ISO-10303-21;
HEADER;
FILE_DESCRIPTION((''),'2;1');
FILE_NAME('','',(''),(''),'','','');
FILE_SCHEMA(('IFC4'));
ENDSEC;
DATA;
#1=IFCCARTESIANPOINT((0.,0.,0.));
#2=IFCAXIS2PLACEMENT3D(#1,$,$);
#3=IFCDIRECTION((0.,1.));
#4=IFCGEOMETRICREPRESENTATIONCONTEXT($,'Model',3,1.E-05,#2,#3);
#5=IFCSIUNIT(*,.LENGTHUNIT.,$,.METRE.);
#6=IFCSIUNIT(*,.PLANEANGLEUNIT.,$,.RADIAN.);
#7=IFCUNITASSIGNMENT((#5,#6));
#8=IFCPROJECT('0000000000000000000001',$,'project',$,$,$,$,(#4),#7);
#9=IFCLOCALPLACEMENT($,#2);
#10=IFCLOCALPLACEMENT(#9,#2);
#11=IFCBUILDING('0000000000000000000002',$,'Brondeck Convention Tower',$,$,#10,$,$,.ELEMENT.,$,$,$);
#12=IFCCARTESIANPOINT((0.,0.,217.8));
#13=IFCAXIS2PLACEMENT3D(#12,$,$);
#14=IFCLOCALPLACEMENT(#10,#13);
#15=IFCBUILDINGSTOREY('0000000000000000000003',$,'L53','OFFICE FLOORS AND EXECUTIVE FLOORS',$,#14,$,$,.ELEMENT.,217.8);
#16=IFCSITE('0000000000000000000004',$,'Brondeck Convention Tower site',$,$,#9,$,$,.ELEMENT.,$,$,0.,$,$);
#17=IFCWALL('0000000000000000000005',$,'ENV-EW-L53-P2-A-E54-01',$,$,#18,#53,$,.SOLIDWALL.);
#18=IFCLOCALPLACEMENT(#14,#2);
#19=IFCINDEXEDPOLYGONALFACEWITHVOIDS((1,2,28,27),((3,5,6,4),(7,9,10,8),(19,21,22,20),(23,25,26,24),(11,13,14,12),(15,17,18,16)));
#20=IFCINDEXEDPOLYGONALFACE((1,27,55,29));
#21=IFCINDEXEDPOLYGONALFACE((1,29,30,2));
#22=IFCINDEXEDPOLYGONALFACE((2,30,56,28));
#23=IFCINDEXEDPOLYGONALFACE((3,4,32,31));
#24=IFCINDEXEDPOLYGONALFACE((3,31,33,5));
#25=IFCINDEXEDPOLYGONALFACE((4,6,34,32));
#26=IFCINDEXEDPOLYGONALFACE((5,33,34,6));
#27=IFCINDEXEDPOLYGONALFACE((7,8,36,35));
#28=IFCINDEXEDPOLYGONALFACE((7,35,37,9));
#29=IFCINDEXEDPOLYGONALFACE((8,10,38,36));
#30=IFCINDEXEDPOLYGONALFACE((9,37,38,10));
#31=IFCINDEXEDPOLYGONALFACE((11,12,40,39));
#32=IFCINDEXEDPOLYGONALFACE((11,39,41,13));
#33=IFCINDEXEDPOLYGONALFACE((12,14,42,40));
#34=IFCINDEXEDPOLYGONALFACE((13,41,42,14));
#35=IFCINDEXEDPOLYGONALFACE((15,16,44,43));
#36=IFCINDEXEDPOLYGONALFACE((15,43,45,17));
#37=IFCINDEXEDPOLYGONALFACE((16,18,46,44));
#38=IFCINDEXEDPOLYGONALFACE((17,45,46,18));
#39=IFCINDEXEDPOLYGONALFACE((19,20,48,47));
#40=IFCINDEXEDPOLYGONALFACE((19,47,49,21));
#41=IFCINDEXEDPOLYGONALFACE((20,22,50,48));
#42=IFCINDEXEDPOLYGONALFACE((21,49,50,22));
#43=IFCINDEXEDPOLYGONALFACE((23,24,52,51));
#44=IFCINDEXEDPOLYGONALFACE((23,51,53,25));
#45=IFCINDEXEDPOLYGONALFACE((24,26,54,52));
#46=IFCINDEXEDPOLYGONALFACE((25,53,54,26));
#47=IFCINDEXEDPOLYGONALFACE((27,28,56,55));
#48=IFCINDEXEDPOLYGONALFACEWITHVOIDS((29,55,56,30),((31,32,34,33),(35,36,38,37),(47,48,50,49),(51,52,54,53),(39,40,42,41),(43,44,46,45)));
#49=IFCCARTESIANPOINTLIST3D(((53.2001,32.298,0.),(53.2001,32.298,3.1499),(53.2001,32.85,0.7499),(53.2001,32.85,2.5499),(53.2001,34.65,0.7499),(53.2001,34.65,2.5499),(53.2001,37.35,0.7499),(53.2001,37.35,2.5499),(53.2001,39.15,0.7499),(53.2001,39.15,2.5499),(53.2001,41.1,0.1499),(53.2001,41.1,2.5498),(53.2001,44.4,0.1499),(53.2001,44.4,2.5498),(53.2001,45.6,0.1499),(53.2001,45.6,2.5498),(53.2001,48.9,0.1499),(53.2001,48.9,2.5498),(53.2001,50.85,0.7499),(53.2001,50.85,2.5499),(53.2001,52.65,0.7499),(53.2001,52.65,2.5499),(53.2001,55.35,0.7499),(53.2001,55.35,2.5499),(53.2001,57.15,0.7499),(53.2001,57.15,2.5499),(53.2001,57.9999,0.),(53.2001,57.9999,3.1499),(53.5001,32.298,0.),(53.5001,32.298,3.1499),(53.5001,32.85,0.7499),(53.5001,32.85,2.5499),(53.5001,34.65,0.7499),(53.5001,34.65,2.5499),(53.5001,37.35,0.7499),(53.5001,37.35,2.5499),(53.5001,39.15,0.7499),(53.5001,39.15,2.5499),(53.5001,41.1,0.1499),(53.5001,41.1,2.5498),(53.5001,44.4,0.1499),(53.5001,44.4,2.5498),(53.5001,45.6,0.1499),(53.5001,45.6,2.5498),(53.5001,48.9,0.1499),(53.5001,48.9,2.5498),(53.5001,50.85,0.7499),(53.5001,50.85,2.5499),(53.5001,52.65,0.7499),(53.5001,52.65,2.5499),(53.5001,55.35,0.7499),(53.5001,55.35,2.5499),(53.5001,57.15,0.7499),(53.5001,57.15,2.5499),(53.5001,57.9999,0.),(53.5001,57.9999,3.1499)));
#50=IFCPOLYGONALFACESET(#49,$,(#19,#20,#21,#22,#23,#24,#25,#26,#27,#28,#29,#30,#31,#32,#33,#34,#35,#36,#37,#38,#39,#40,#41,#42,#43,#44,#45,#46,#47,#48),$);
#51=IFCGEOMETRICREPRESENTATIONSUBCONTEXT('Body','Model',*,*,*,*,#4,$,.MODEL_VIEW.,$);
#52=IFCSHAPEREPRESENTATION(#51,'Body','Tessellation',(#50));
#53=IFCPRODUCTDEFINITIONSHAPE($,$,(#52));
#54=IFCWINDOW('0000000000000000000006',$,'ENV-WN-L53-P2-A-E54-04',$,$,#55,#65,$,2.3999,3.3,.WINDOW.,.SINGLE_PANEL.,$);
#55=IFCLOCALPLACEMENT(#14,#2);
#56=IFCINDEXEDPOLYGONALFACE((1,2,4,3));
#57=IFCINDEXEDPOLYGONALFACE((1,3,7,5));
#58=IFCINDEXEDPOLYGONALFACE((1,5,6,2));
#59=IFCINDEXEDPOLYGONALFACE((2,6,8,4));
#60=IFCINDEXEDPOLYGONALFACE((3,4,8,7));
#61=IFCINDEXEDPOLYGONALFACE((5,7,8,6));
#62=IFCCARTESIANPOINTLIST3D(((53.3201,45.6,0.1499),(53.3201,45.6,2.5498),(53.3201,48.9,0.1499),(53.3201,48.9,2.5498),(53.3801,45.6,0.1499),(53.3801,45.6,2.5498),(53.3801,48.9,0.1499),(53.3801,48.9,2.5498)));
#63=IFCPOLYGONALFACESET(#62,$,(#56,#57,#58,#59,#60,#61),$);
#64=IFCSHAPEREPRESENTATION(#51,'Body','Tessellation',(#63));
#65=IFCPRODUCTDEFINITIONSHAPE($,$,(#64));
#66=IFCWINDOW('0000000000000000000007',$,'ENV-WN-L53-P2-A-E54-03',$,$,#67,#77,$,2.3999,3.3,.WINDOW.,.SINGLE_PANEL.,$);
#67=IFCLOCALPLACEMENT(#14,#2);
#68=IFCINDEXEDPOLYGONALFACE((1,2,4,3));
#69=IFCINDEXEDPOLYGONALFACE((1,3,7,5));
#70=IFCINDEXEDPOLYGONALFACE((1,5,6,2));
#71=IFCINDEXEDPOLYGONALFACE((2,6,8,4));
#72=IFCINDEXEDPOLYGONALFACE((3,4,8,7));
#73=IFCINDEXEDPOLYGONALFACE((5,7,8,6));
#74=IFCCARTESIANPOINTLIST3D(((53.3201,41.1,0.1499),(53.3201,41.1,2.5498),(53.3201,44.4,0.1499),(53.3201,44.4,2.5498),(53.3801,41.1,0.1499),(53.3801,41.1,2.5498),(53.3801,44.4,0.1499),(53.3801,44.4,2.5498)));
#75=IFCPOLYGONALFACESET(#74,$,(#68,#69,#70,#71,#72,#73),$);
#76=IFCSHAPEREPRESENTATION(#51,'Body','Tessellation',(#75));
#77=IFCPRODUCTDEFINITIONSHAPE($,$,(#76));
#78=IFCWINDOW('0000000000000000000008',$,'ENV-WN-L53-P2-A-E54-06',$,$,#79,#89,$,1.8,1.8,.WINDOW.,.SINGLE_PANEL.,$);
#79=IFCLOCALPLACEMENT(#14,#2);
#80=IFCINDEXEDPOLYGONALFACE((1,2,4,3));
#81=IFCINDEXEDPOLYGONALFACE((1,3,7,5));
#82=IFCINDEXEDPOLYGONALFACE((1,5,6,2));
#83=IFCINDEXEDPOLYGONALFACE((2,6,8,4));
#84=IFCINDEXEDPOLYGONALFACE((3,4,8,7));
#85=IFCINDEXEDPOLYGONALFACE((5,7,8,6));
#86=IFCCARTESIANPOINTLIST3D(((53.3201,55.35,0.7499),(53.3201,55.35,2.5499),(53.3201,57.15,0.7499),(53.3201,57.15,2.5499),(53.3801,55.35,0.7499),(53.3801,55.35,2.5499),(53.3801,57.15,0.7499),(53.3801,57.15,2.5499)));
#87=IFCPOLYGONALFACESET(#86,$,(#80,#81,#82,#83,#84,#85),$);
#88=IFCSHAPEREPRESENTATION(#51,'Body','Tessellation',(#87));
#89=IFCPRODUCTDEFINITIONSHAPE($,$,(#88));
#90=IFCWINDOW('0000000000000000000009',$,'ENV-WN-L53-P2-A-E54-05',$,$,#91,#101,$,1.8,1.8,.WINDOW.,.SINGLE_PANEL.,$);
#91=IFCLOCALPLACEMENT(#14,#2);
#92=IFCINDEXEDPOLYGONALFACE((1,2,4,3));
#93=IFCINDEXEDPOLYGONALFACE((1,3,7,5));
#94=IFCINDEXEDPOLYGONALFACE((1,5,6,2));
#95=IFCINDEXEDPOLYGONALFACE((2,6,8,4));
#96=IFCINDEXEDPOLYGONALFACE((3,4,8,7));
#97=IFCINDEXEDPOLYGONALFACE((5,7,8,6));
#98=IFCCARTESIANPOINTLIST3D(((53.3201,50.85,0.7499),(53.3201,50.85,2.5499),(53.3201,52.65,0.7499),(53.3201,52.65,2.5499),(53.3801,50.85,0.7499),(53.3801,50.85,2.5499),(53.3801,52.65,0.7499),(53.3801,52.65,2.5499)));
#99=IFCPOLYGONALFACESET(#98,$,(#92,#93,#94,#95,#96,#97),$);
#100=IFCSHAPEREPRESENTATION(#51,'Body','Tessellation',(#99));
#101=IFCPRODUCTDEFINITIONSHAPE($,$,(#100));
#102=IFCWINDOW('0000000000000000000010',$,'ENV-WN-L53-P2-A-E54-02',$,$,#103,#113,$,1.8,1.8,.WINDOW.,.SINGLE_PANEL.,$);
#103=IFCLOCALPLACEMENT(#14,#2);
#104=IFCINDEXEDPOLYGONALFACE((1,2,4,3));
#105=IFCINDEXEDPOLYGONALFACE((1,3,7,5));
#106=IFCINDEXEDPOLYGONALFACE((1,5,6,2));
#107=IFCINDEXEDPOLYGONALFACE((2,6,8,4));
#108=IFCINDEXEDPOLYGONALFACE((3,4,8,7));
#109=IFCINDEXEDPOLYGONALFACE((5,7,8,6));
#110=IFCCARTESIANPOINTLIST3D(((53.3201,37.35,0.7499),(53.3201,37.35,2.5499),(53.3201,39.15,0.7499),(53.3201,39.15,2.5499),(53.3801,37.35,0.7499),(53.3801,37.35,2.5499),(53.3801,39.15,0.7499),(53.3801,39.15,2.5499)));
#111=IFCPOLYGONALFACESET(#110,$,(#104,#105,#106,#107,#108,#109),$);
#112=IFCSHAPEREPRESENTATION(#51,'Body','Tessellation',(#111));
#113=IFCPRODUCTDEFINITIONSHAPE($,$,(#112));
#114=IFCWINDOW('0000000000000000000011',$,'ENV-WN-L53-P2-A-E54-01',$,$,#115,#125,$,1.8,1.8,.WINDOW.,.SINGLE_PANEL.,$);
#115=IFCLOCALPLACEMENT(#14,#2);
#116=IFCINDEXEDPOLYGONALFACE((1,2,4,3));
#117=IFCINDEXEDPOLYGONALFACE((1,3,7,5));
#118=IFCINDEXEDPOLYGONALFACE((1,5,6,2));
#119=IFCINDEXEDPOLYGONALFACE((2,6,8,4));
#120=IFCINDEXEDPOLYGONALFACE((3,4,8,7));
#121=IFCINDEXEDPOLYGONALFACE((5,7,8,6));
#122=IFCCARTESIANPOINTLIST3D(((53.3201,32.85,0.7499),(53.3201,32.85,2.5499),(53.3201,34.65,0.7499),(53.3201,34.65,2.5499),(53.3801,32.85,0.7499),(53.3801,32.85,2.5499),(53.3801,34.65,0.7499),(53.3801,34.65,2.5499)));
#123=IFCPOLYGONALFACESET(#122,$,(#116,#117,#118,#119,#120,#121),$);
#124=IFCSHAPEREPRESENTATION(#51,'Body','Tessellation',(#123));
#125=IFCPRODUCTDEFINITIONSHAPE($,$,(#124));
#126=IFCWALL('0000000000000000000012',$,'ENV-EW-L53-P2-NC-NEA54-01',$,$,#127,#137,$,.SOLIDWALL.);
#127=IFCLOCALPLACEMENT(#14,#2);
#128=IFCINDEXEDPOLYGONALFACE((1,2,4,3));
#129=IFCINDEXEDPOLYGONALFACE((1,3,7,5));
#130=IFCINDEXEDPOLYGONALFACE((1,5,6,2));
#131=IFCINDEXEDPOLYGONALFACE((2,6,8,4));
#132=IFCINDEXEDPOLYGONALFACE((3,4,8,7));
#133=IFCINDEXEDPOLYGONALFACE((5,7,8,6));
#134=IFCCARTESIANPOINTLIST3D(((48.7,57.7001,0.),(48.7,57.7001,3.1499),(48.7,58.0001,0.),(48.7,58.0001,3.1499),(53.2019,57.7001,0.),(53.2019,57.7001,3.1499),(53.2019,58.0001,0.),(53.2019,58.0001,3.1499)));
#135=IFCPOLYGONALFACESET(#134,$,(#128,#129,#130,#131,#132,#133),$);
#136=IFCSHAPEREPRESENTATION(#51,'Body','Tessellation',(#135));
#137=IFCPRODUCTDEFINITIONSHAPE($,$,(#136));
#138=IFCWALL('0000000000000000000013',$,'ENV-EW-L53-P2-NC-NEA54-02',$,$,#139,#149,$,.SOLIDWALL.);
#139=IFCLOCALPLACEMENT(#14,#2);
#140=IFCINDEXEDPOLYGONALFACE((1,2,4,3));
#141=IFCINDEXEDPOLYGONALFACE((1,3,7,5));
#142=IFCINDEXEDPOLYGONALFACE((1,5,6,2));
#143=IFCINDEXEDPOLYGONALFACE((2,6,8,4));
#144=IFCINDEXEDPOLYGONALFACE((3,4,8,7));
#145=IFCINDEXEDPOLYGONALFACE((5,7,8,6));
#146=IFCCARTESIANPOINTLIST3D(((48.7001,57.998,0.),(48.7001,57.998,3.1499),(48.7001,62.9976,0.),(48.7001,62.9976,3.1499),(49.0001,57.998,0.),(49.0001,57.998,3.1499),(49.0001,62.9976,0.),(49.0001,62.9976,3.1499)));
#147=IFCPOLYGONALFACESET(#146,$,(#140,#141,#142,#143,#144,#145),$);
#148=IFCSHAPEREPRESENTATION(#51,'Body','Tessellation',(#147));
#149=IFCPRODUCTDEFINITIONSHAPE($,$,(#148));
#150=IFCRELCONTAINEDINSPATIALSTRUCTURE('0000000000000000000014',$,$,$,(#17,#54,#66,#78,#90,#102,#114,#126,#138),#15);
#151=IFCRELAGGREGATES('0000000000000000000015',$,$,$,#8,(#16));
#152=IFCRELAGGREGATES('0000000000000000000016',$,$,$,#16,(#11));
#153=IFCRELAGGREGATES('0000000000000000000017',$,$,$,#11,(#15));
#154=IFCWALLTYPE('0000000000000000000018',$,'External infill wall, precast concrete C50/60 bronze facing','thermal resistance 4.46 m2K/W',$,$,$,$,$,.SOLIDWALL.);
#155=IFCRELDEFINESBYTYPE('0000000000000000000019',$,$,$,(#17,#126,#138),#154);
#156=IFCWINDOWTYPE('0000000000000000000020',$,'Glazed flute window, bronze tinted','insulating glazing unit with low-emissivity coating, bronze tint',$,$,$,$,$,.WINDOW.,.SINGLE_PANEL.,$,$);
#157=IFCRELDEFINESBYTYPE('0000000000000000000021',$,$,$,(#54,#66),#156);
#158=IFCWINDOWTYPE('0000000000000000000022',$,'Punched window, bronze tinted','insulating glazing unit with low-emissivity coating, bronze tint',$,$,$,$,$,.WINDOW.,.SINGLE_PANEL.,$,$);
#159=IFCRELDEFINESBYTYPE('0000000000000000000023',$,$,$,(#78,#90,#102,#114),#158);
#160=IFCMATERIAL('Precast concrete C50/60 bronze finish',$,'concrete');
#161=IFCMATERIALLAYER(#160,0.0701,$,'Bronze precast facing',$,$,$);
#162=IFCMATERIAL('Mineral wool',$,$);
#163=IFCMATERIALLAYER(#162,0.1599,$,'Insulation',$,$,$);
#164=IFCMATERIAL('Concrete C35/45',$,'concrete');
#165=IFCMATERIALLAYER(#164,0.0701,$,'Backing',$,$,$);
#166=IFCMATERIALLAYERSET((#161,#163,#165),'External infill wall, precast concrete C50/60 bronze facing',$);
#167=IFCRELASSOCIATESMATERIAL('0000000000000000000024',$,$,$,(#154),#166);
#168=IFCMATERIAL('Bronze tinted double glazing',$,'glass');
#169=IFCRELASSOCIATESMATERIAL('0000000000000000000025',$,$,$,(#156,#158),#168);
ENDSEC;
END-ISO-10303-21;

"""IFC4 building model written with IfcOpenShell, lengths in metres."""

from ifc_helpers import new_model, si_unit, direction, frame, frame_2d, origin, place, context, subcontext, project, spatial, rectangle, extrude, material, layer, layer_set, type_object, element, fill, save


model = new_model("IFC4")

# Units and contexts
model_context = context("Model", 3, precision=1e-05, world=origin(), true_north=direction((0.0, 1.0)))
body_context = subcontext(model_context, "Body", "Model", "MODEL_VIEW")
ifc_project = project(units=[si_unit("LENGTHUNIT", "METRE"), si_unit("PLANEANGLEUNIT", "RADIAN")], contexts=[model_context])

# Site, building, storey
site_placement = place(None, origin())
site = spatial("IfcSite", under=ifc_project, at=site_placement, Name="Brondeck Convention Tower site", CompositionType="ELEMENT", RefElevation=0.0)
building_placement = place(site_placement, origin())
building = spatial("IfcBuilding", under=site, at=building_placement, Name="Brondeck Convention Tower", CompositionType="ELEMENT")
storey_placement = place(building_placement, frame((0.0, 0.0, 217.8)))
storey = spatial("IfcBuildingStorey", under=building, at=storey_placement, Name="L53", Description="OFFICE FLOORS AND EXECUTIVE FLOORS", CompositionType="ELEMENT", Elevation=217.8)

# Wall, openings, windows
ifc_material_1 = material(Name="Precast concrete C50/60 bronze finish", Category="concrete")
ifc_layer_1 = layer(ifc_material_1, 0.0701, Name="Bronze precast facing")
ifc_material_2 = material(Name="Mineral wool")
ifc_layer_2 = layer(ifc_material_2, 0.1599, Name="Insulation")
ifc_material_3 = material(Name="Concrete C35/45", Category="concrete")
ifc_layer_3 = layer(ifc_material_3, 0.0701, Name="Backing")
ifc_layer_set_1 = layer_set([ifc_layer_1, ifc_layer_2, ifc_layer_3], Name="External infill wall, precast concrete C50/60 bronze facing")
wall_type_1 = type_object("IfcWallType", Name="External infill wall, precast concrete C50/60 bronze facing", Description="thermal resistance 4.46 m2K/W", PredefinedType="SOLIDWALL", material=ifc_layer_set_1)
wall_1_placement = place(storey_placement, frame((53.3501, 58.0, 0.0), z_axis=(0.0, 0.0, 1.0), x_axis=(0.0, -1.0, 0.0)))
wall_1 = element("IfcWall", 1, at=wall_1_placement, inside=storey, type_object=wall_type_1, Name="ENV-EW-L53-P2-A-E54-01", PredefinedType="SOLIDWALL", context=body_context, shape_type="SweptSolid", body=[
    extrude(rectangle(XDim=25.7019, YDim=0.3, at=frame_2d((12.8511, 0.0))), origin(), (0.0, 0.0, 1.0), 3.1499),
])
opening_1_placement = place(wall_1_placement, frame((0.8501, 0.0, 0.75)))
opening_1 = element("IfcOpeningElement", 2, at=opening_1_placement, cuts=wall_1, PredefinedType="OPENING", context=body_context, shape_type="SweptSolid", body=[
    extrude(rectangle(XDim=1.8, YDim=1.8, at=frame_2d((0.8999, 0.8999))), frame((0.0, 0.1599, 0.0), z_axis=(0.0, -1.0, 0.0), x_axis=(1.0, 0.0, 0.0)), (0.0, 0.0, 1.0), 0.3201),
])
opening_2_placement = place(wall_1_placement, frame((5.3501, 0.0, 0.75)))
opening_2 = element("IfcOpeningElement", 3, at=opening_2_placement, cuts=wall_1, PredefinedType="OPENING", context=body_context, shape_type="SweptSolid", body=[
    extrude(rectangle(XDim=1.8, YDim=1.8, at=frame_2d((0.8999, 0.8999))), frame((0.0, 0.1599, 0.0), z_axis=(0.0, -1.0, 0.0), x_axis=(1.0, 0.0, 0.0)), (0.0, 0.0, 1.0), 0.3201),
])
opening_3_placement = place(wall_1_placement, frame((9.1001, 0.0, 0.1499)))
opening_3 = element("IfcOpeningElement", 4, at=opening_3_placement, cuts=wall_1, PredefinedType="OPENING", context=body_context, shape_type="SweptSolid", body=[
    extrude(rectangle(XDim=3.3, YDim=2.3999, at=frame_2d((1.6499, 1.2))), frame((0.0, 0.1599, 0.0), z_axis=(0.0, -1.0, 0.0), x_axis=(1.0, 0.0, 0.0)), (0.0, 0.0, 1.0), 0.3201),
])
opening_4_placement = place(wall_1_placement, frame((13.6001, 0.0, 0.1499)))
opening_4 = element("IfcOpeningElement", 5, at=opening_4_placement, cuts=wall_1, PredefinedType="OPENING", context=body_context, shape_type="SweptSolid", body=[
    extrude(rectangle(XDim=3.3, YDim=2.3999, at=frame_2d((1.6499, 1.2))), frame((0.0, 0.1599, 0.0), z_axis=(0.0, -1.0, 0.0), x_axis=(1.0, 0.0, 0.0)), (0.0, 0.0, 1.0), 0.3201),
])
opening_5_placement = place(wall_1_placement, frame((18.8501, 0.0, 0.75)))
opening_5 = element("IfcOpeningElement", 6, at=opening_5_placement, cuts=wall_1, PredefinedType="OPENING", context=body_context, shape_type="SweptSolid", body=[
    extrude(rectangle(XDim=1.8, YDim=1.8, at=frame_2d((0.8999, 0.8999))), frame((0.0, 0.1599, 0.0), z_axis=(0.0, -1.0, 0.0), x_axis=(1.0, 0.0, 0.0)), (0.0, 0.0, 1.0), 0.3201),
])
opening_6_placement = place(wall_1_placement, frame((23.3501, 0.0, 0.75)))
opening_6 = element("IfcOpeningElement", 7, at=opening_6_placement, cuts=wall_1, PredefinedType="OPENING", context=body_context, shape_type="SweptSolid", body=[
    extrude(rectangle(XDim=1.8, YDim=1.8, at=frame_2d((0.8999, 0.8999))), frame((0.0, 0.1599, 0.0), z_axis=(0.0, -1.0, 0.0), x_axis=(1.0, 0.0, 0.0)), (0.0, 0.0, 1.0), 0.3201),
])
ifc_material_4 = material(Name="Bronze tinted double glazing", Category="glass")
window_type_1 = type_object("IfcWindowType", Name="Glazed flute window, bronze tinted", Description="insulating glazing unit with low-emissivity coating, bronze tint", PartitioningType="SINGLE_PANEL", PredefinedType="WINDOW", material=ifc_material_4)
window_1_placement = place(opening_3_placement, origin())
window_1 = element("IfcWindow", 8, at=window_1_placement, inside=storey, type_object=window_type_1, Name="ENV-WN-L53-P2-A-E54-04", OverallHeight=2.3999, OverallWidth=3.3, PartitioningType="SINGLE_PANEL", PredefinedType="WINDOW", context=body_context, shape_type="SweptSolid", body=[
    extrude(rectangle(XDim=3.3, YDim=2.3999, at=frame_2d((1.6499, 1.2))), frame((0.0, 0.03, 0.0), z_axis=(0.0, -1.0, 0.0), x_axis=(1.0, 0.0, 0.0)), (0.0, 0.0, 1.0), 0.0601),
])
fill(opening_3, window_1)
window_2_placement = place(opening_4_placement, origin())
window_2 = element("IfcWindow", 9, at=window_2_placement, inside=storey, type_object=window_type_1, Name="ENV-WN-L53-P2-A-E54-03", OverallHeight=2.3999, OverallWidth=3.3, PartitioningType="SINGLE_PANEL", PredefinedType="WINDOW", context=body_context, shape_type="SweptSolid", body=[
    extrude(rectangle(XDim=3.3, YDim=2.3999, at=frame_2d((1.6499, 1.2))), frame((0.0, 0.03, 0.0), z_axis=(0.0, -1.0, 0.0), x_axis=(1.0, 0.0, 0.0)), (0.0, 0.0, 1.0), 0.0601),
])
fill(opening_4, window_2)
window_type_2 = type_object("IfcWindowType", Name="Punched window, bronze tinted", Description="insulating glazing unit with low-emissivity coating, bronze tint", PartitioningType="SINGLE_PANEL", PredefinedType="WINDOW", material=ifc_material_4)
window_3_placement = place(opening_1_placement, origin())
window_3 = element("IfcWindow", 10, at=window_3_placement, inside=storey, type_object=window_type_2, Name="ENV-WN-L53-P2-A-E54-06", OverallHeight=1.8, OverallWidth=1.8, PartitioningType="SINGLE_PANEL", PredefinedType="WINDOW", context=body_context, shape_type="SweptSolid", body=[
    extrude(rectangle(XDim=1.8, YDim=1.8, at=frame_2d((0.8999, 0.8999))), frame((0.0, 0.03, 0.0), z_axis=(0.0, -1.0, 0.0), x_axis=(1.0, 0.0, 0.0)), (0.0, 0.0, 1.0), 0.0601),
])
fill(opening_1, window_3)
window_4_placement = place(opening_2_placement, origin())
window_4 = element("IfcWindow", 11, at=window_4_placement, inside=storey, type_object=window_type_2, Name="ENV-WN-L53-P2-A-E54-05", OverallHeight=1.8, OverallWidth=1.8, PartitioningType="SINGLE_PANEL", PredefinedType="WINDOW", context=body_context, shape_type="SweptSolid", body=[
    extrude(rectangle(XDim=1.8, YDim=1.8, at=frame_2d((0.8999, 0.8999))), frame((0.0, 0.03, 0.0), z_axis=(0.0, -1.0, 0.0), x_axis=(1.0, 0.0, 0.0)), (0.0, 0.0, 1.0), 0.0601),
])
fill(opening_2, window_4)
window_5_placement = place(opening_5_placement, origin())
window_5 = element("IfcWindow", 12, at=window_5_placement, inside=storey, type_object=window_type_2, Name="ENV-WN-L53-P2-A-E54-02", OverallHeight=1.8, OverallWidth=1.8, PartitioningType="SINGLE_PANEL", PredefinedType="WINDOW", context=body_context, shape_type="SweptSolid", body=[
    extrude(rectangle(XDim=1.8, YDim=1.8, at=frame_2d((0.8999, 0.8999))), frame((0.0, 0.03, 0.0), z_axis=(0.0, -1.0, 0.0), x_axis=(1.0, 0.0, 0.0)), (0.0, 0.0, 1.0), 0.0601),
])
fill(opening_5, window_5)
window_6_placement = place(opening_6_placement, origin())
window_6 = element("IfcWindow", 13, at=window_6_placement, inside=storey, type_object=window_type_2, Name="ENV-WN-L53-P2-A-E54-01", OverallHeight=1.8, OverallWidth=1.8, PartitioningType="SINGLE_PANEL", PredefinedType="WINDOW", context=body_context, shape_type="SweptSolid", body=[
    extrude(rectangle(XDim=1.8, YDim=1.8, at=frame_2d((0.8999, 0.8999))), frame((0.0, 0.03, 0.0), z_axis=(0.0, -1.0, 0.0), x_axis=(1.0, 0.0, 0.0)), (0.0, 0.0, 1.0), 0.0601),
])
fill(opening_6, window_6)

# Walls
wall_2_placement = place(storey_placement, frame((48.7, 57.8501, 0.0), z_axis=(0.0, 0.0, 1.0), x_axis=(1.0, 0.0, 0.0)))
element("IfcWall", 14, at=wall_2_placement, inside=storey, type_object=wall_type_1, Name="ENV-EW-L53-P2-NC-NEA54-01", PredefinedType="SOLIDWALL", context=body_context, shape_type="SweptSolid", body=[
    extrude(rectangle(XDim=4.502, YDim=0.3, at=frame_2d((2.251, 0.0))), origin(), (0.0, 0.0, 1.0), 3.1499),
])
wall_3_placement = place(storey_placement, frame((48.8501, 62.9976, 0.0), z_axis=(0.0, 0.0, 1.0), x_axis=(0.0, -1.0, 0.0)))
element("IfcWall", 15, at=wall_3_placement, inside=storey, type_object=wall_type_1, Name="ENV-EW-L53-P2-NC-NEA54-02", PredefinedType="SOLIDWALL", context=body_context, shape_type="SweptSolid", body=[
    extrude(rectangle(XDim=4.9995, YDim=0.3, at=frame_2d((2.4998, 0.0))), origin(), (0.0, 0.0, 1.0), 3.1499),
])

save(model, "model.ifc")
